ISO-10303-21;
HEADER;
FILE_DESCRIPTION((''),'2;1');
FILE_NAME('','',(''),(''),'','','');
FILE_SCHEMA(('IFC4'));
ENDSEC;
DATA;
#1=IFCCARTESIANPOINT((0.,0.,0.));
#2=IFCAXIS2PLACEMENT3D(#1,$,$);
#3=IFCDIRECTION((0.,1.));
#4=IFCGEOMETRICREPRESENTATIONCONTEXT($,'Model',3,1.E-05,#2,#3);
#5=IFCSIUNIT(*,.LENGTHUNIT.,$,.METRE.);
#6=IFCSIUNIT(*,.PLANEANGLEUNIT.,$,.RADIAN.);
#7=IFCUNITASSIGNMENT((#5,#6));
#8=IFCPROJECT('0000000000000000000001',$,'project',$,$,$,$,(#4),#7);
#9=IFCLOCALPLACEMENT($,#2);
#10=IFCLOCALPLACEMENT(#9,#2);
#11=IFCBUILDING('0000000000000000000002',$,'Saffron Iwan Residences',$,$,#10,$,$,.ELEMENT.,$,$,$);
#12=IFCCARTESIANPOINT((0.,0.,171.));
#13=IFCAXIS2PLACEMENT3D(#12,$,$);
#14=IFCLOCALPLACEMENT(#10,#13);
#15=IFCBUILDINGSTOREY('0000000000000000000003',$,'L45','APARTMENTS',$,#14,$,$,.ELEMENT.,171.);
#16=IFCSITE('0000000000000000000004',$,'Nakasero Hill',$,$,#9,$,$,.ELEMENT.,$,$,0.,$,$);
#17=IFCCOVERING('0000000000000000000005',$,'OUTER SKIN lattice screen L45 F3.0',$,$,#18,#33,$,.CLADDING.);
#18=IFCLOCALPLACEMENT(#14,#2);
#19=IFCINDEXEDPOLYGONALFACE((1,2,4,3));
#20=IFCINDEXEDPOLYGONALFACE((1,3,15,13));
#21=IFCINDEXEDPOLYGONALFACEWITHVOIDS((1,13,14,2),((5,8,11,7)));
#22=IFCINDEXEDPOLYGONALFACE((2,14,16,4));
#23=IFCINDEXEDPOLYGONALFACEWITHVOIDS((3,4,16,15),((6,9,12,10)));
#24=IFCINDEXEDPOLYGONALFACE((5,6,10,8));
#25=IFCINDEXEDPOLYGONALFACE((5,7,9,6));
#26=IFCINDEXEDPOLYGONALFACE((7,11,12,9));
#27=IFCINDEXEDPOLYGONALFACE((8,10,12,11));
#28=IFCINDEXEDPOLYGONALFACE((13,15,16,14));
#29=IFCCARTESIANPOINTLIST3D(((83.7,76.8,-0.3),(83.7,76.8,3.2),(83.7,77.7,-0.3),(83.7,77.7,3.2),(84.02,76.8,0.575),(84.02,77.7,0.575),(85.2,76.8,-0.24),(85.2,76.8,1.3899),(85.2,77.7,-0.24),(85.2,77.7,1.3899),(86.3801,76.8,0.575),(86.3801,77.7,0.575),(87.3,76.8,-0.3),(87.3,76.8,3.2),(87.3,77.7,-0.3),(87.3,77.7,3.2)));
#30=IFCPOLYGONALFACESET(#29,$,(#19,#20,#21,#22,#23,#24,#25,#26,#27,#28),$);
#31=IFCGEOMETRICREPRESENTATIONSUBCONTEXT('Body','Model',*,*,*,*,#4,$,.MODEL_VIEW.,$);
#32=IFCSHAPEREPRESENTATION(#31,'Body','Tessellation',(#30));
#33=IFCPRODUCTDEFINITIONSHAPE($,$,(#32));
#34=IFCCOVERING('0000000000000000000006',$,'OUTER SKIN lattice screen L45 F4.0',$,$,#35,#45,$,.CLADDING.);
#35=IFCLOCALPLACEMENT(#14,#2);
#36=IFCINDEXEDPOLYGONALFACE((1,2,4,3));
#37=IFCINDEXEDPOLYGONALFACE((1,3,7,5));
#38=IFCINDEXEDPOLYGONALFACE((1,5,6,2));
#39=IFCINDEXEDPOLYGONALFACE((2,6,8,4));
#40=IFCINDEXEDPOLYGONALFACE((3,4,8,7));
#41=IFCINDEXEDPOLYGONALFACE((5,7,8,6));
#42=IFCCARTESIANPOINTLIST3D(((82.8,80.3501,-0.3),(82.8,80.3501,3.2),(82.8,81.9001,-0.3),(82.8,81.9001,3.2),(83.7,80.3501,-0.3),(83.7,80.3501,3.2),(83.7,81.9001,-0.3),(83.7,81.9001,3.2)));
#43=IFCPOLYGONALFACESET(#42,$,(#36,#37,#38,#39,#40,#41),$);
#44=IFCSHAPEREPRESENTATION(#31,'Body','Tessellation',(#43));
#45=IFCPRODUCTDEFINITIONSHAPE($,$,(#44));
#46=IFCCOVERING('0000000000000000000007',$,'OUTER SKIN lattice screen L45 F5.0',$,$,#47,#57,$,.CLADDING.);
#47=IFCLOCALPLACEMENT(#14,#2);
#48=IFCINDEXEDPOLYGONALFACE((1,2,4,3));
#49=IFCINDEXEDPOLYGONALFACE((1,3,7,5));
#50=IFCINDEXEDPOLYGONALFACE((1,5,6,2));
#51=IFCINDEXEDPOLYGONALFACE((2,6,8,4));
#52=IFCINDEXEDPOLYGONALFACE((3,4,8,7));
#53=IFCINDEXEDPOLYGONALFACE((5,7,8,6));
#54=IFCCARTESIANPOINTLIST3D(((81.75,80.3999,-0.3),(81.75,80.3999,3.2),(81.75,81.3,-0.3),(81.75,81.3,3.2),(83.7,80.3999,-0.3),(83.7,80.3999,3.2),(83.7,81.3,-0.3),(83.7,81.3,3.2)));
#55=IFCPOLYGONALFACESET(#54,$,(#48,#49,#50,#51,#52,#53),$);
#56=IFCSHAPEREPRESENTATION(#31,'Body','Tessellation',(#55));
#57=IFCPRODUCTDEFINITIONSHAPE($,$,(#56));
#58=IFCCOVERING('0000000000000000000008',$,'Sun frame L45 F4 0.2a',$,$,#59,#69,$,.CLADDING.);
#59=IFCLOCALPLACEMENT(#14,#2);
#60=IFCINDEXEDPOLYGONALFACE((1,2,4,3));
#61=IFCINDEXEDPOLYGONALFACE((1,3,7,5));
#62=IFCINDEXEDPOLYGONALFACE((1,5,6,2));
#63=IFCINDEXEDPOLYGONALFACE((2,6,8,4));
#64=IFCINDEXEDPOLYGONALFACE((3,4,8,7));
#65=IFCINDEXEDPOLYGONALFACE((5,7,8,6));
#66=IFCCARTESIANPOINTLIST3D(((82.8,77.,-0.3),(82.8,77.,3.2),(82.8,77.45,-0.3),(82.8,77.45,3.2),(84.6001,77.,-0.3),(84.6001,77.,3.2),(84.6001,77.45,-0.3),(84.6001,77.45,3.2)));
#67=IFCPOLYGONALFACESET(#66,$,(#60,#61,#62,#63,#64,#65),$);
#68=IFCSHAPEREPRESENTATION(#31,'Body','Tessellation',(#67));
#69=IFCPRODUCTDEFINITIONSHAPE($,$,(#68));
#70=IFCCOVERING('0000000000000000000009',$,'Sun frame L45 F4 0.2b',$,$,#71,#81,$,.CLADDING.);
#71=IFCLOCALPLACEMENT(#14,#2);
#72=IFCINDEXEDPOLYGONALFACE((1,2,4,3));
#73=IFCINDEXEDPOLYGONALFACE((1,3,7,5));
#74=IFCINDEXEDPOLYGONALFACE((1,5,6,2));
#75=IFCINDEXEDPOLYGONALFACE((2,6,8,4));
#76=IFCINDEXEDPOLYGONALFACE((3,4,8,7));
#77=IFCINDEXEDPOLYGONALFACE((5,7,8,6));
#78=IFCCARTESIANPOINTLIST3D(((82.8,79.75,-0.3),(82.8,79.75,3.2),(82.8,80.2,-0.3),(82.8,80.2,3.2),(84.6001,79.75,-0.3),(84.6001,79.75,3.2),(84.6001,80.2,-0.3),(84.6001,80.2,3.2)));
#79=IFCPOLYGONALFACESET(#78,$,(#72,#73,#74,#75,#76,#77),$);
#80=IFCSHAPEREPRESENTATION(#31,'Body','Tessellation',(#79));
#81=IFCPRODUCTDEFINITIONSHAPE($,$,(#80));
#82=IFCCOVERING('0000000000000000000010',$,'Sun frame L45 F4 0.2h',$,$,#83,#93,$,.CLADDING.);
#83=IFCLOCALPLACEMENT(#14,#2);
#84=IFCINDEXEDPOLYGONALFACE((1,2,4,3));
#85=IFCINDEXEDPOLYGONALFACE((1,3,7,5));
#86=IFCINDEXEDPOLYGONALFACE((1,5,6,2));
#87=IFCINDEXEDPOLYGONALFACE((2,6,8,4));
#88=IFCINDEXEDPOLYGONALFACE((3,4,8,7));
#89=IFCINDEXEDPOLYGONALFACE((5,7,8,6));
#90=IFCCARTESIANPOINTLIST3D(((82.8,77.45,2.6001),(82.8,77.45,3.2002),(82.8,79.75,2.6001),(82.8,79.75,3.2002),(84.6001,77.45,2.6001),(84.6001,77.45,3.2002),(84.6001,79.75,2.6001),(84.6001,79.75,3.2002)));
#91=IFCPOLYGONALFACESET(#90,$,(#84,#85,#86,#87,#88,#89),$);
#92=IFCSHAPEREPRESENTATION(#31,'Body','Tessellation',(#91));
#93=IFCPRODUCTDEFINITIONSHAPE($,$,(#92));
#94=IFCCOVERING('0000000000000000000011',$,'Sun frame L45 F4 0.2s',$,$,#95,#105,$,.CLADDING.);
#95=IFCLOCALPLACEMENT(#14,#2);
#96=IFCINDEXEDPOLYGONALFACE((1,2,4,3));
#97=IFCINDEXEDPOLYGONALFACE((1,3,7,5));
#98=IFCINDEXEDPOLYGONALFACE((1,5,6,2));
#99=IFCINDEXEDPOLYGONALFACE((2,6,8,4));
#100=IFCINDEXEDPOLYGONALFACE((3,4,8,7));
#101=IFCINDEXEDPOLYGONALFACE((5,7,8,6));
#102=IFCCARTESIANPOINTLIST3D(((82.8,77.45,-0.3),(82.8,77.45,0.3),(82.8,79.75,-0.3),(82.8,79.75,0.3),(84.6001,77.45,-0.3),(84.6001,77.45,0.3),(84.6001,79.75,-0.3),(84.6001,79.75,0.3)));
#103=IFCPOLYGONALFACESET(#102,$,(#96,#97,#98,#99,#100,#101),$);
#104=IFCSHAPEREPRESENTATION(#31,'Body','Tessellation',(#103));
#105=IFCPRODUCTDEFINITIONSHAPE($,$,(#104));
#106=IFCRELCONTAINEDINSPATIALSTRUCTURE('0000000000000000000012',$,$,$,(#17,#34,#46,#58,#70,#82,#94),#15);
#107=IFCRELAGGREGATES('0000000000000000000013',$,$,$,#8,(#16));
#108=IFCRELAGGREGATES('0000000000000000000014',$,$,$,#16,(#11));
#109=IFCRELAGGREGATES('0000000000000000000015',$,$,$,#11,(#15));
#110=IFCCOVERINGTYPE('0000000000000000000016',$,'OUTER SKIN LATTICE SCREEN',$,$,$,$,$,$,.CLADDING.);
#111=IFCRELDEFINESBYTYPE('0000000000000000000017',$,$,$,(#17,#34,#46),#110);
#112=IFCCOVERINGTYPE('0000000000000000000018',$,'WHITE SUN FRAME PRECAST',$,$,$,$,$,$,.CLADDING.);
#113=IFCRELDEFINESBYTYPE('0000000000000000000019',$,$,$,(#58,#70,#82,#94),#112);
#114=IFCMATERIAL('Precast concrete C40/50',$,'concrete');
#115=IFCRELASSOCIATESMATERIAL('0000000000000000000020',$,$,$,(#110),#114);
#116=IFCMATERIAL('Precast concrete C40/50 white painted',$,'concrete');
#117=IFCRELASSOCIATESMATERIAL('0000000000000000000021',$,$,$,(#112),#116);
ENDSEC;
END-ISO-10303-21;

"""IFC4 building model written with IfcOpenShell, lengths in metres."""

from ifc_helpers import new_model, si_unit, direction, frame, origin, place, context, subcontext, project, spatial, polyline, outline, extrude, material, type_object, element, save


model = new_model("IFC4")

# Units and contexts
model_context = context("Model", 3, precision=1e-05, world=origin(), true_north=direction((0.0, 1.0)))
body_context = subcontext(model_context, "Body", "Model", "MODEL_VIEW")
ifc_project = project(units=[si_unit("LENGTHUNIT", "METRE"), si_unit("PLANEANGLEUNIT", "RADIAN")], contexts=[model_context])

# Site, building, storey
site_placement = place(None, origin())
site = spatial("IfcSite", under=ifc_project, at=site_placement, Name="Nakasero Hill", CompositionType="ELEMENT", RefElevation=0.0)
building_placement = place(site_placement, origin())
building = spatial("IfcBuilding", under=site, at=building_placement, Name="Saffron Iwan Residences", CompositionType="ELEMENT")
storey_placement = place(building_placement, frame((0.0, 0.0, 171.0)))
storey = spatial("IfcBuildingStorey", under=building, at=storey_placement, Name="L45", Description="APARTMENTS", CompositionType="ELEMENT", Elevation=171.0)

# Coverings
ifc_material_1 = material(Name="Precast concrete C40/50", Category="concrete")
covering_type_1 = type_object("IfcCoveringType", Name="OUTER SKIN LATTICE SCREEN", PredefinedType="CLADDING", material=ifc_material_1)
covering_1_placement = place(storey_placement, frame((87.3, 76.8, -0.3), z_axis=(0.0, 1.0, 0.0), x_axis=(-1.0, 0.0, 0.0)))
element("IfcCovering", 1, at=covering_1_placement, inside=storey, type_object=covering_type_1, Name="OUTER SKIN lattice screen L45 F3.0", PredefinedType="CLADDING", context=body_context, shape_type="SweptSolid", body=[
    extrude(outline(polyline([(0.0, 0.0), (3.6001, 0.0), (3.6001, 3.5), (0.0, 3.5), (0.0, 0.0)]), holes=[polyline([(0.9199, 0.875), (2.1001, 0.0601), (3.28, 0.875), (2.1001, 1.6899), (0.9199, 0.875)])]), origin(), (0.0, 0.0, 1.0), 0.8999),
])
covering_2_placement = place(storey_placement, frame((82.8, 80.3501, -0.3), z_axis=(1.0, 0.0, 0.0), x_axis=(0.0, 1.0, 0.0)))
element("IfcCovering", 2, at=covering_2_placement, inside=storey, type_object=covering_type_1, Name="OUTER SKIN lattice screen L45 F4.0", PredefinedType="CLADDING", context=body_context, shape_type="SweptSolid", body=[
    extrude(outline(polyline([(0.0, 0.0), (1.55, 0.0), (1.55, 3.5), (0.0, 3.5), (0.0, 0.0)])), origin(), (0.0, 0.0, 1.0), 0.8999),
])
covering_3_placement = place(storey_placement, frame((83.7, 80.3999, -0.3), z_axis=(0.0, 1.0, 0.0), x_axis=(-1.0, 0.0, 0.0)))
element("IfcCovering", 3, at=covering_3_placement, inside=storey, type_object=covering_type_1, Name="OUTER SKIN lattice screen L45 F5.0", PredefinedType="CLADDING", context=body_context, shape_type="SweptSolid", body=[
    extrude(outline(polyline([(0.0, 0.0), (1.95, 0.0), (1.95, 3.5), (0.0, 3.5), (0.0, 0.0)])), origin(), (0.0, 0.0, 1.0), 0.9001),
])
ifc_material_2 = material(Name="Precast concrete C40/50 white painted", Category="concrete")
covering_type_2 = type_object("IfcCoveringType", Name="WHITE SUN FRAME PRECAST", PredefinedType="CLADDING", material=ifc_material_2)
for number, where, z_axis, x_axis, name in (
    (4, (82.8, 77.0, -0.3), (1.0, 0.0, 0.0), (0.0, 1.0, 0.0), "Sun frame L45 F4 0.2a"),
    (5, (82.8, 79.75, -0.3), (1.0, 0.0, 0.0), (0.0, 1.0, 0.0), "Sun frame L45 F4 0.2b"),
):
    element("IfcCovering", number, at=place(storey_placement, frame(where, z_axis=z_axis, x_axis=x_axis)), inside=storey, type_object=covering_type_2, Name=name, PredefinedType="CLADDING", context=body_context, shape_type="SweptSolid", body=[
        extrude(outline(polyline([(0.0, 0.0), (0.45, 0.0), (0.45, 3.5), (0.0, 3.5), (0.0, 0.0)])), origin(), (0.0, 0.0, 1.0), 1.8),
    ])
for number, where, z_axis, x_axis, name in (
    (6, (82.8, 77.45, 2.6001), (1.0, 0.0, 0.0), (0.0, 1.0, 0.0), "Sun frame L45 F4 0.2h"),
    (7, (82.8, 77.45, -0.3), (1.0, 0.0, 0.0), (0.0, 1.0, 0.0), "Sun frame L45 F4 0.2s"),
):
    element("IfcCovering", number, at=place(storey_placement, frame(where, z_axis=z_axis, x_axis=x_axis)), inside=storey, type_object=covering_type_2, Name=name, PredefinedType="CLADDING", context=body_context, shape_type="SweptSolid", body=[
        extrude(outline(polyline([(0.0, 0.0), (2.3, 0.0), (2.3, 0.6001), (0.0, 0.6001), (0.0, 0.0)])), origin(), (0.0, 0.0, 1.0), 1.8),
    ])

save(model, "model.ifc")
